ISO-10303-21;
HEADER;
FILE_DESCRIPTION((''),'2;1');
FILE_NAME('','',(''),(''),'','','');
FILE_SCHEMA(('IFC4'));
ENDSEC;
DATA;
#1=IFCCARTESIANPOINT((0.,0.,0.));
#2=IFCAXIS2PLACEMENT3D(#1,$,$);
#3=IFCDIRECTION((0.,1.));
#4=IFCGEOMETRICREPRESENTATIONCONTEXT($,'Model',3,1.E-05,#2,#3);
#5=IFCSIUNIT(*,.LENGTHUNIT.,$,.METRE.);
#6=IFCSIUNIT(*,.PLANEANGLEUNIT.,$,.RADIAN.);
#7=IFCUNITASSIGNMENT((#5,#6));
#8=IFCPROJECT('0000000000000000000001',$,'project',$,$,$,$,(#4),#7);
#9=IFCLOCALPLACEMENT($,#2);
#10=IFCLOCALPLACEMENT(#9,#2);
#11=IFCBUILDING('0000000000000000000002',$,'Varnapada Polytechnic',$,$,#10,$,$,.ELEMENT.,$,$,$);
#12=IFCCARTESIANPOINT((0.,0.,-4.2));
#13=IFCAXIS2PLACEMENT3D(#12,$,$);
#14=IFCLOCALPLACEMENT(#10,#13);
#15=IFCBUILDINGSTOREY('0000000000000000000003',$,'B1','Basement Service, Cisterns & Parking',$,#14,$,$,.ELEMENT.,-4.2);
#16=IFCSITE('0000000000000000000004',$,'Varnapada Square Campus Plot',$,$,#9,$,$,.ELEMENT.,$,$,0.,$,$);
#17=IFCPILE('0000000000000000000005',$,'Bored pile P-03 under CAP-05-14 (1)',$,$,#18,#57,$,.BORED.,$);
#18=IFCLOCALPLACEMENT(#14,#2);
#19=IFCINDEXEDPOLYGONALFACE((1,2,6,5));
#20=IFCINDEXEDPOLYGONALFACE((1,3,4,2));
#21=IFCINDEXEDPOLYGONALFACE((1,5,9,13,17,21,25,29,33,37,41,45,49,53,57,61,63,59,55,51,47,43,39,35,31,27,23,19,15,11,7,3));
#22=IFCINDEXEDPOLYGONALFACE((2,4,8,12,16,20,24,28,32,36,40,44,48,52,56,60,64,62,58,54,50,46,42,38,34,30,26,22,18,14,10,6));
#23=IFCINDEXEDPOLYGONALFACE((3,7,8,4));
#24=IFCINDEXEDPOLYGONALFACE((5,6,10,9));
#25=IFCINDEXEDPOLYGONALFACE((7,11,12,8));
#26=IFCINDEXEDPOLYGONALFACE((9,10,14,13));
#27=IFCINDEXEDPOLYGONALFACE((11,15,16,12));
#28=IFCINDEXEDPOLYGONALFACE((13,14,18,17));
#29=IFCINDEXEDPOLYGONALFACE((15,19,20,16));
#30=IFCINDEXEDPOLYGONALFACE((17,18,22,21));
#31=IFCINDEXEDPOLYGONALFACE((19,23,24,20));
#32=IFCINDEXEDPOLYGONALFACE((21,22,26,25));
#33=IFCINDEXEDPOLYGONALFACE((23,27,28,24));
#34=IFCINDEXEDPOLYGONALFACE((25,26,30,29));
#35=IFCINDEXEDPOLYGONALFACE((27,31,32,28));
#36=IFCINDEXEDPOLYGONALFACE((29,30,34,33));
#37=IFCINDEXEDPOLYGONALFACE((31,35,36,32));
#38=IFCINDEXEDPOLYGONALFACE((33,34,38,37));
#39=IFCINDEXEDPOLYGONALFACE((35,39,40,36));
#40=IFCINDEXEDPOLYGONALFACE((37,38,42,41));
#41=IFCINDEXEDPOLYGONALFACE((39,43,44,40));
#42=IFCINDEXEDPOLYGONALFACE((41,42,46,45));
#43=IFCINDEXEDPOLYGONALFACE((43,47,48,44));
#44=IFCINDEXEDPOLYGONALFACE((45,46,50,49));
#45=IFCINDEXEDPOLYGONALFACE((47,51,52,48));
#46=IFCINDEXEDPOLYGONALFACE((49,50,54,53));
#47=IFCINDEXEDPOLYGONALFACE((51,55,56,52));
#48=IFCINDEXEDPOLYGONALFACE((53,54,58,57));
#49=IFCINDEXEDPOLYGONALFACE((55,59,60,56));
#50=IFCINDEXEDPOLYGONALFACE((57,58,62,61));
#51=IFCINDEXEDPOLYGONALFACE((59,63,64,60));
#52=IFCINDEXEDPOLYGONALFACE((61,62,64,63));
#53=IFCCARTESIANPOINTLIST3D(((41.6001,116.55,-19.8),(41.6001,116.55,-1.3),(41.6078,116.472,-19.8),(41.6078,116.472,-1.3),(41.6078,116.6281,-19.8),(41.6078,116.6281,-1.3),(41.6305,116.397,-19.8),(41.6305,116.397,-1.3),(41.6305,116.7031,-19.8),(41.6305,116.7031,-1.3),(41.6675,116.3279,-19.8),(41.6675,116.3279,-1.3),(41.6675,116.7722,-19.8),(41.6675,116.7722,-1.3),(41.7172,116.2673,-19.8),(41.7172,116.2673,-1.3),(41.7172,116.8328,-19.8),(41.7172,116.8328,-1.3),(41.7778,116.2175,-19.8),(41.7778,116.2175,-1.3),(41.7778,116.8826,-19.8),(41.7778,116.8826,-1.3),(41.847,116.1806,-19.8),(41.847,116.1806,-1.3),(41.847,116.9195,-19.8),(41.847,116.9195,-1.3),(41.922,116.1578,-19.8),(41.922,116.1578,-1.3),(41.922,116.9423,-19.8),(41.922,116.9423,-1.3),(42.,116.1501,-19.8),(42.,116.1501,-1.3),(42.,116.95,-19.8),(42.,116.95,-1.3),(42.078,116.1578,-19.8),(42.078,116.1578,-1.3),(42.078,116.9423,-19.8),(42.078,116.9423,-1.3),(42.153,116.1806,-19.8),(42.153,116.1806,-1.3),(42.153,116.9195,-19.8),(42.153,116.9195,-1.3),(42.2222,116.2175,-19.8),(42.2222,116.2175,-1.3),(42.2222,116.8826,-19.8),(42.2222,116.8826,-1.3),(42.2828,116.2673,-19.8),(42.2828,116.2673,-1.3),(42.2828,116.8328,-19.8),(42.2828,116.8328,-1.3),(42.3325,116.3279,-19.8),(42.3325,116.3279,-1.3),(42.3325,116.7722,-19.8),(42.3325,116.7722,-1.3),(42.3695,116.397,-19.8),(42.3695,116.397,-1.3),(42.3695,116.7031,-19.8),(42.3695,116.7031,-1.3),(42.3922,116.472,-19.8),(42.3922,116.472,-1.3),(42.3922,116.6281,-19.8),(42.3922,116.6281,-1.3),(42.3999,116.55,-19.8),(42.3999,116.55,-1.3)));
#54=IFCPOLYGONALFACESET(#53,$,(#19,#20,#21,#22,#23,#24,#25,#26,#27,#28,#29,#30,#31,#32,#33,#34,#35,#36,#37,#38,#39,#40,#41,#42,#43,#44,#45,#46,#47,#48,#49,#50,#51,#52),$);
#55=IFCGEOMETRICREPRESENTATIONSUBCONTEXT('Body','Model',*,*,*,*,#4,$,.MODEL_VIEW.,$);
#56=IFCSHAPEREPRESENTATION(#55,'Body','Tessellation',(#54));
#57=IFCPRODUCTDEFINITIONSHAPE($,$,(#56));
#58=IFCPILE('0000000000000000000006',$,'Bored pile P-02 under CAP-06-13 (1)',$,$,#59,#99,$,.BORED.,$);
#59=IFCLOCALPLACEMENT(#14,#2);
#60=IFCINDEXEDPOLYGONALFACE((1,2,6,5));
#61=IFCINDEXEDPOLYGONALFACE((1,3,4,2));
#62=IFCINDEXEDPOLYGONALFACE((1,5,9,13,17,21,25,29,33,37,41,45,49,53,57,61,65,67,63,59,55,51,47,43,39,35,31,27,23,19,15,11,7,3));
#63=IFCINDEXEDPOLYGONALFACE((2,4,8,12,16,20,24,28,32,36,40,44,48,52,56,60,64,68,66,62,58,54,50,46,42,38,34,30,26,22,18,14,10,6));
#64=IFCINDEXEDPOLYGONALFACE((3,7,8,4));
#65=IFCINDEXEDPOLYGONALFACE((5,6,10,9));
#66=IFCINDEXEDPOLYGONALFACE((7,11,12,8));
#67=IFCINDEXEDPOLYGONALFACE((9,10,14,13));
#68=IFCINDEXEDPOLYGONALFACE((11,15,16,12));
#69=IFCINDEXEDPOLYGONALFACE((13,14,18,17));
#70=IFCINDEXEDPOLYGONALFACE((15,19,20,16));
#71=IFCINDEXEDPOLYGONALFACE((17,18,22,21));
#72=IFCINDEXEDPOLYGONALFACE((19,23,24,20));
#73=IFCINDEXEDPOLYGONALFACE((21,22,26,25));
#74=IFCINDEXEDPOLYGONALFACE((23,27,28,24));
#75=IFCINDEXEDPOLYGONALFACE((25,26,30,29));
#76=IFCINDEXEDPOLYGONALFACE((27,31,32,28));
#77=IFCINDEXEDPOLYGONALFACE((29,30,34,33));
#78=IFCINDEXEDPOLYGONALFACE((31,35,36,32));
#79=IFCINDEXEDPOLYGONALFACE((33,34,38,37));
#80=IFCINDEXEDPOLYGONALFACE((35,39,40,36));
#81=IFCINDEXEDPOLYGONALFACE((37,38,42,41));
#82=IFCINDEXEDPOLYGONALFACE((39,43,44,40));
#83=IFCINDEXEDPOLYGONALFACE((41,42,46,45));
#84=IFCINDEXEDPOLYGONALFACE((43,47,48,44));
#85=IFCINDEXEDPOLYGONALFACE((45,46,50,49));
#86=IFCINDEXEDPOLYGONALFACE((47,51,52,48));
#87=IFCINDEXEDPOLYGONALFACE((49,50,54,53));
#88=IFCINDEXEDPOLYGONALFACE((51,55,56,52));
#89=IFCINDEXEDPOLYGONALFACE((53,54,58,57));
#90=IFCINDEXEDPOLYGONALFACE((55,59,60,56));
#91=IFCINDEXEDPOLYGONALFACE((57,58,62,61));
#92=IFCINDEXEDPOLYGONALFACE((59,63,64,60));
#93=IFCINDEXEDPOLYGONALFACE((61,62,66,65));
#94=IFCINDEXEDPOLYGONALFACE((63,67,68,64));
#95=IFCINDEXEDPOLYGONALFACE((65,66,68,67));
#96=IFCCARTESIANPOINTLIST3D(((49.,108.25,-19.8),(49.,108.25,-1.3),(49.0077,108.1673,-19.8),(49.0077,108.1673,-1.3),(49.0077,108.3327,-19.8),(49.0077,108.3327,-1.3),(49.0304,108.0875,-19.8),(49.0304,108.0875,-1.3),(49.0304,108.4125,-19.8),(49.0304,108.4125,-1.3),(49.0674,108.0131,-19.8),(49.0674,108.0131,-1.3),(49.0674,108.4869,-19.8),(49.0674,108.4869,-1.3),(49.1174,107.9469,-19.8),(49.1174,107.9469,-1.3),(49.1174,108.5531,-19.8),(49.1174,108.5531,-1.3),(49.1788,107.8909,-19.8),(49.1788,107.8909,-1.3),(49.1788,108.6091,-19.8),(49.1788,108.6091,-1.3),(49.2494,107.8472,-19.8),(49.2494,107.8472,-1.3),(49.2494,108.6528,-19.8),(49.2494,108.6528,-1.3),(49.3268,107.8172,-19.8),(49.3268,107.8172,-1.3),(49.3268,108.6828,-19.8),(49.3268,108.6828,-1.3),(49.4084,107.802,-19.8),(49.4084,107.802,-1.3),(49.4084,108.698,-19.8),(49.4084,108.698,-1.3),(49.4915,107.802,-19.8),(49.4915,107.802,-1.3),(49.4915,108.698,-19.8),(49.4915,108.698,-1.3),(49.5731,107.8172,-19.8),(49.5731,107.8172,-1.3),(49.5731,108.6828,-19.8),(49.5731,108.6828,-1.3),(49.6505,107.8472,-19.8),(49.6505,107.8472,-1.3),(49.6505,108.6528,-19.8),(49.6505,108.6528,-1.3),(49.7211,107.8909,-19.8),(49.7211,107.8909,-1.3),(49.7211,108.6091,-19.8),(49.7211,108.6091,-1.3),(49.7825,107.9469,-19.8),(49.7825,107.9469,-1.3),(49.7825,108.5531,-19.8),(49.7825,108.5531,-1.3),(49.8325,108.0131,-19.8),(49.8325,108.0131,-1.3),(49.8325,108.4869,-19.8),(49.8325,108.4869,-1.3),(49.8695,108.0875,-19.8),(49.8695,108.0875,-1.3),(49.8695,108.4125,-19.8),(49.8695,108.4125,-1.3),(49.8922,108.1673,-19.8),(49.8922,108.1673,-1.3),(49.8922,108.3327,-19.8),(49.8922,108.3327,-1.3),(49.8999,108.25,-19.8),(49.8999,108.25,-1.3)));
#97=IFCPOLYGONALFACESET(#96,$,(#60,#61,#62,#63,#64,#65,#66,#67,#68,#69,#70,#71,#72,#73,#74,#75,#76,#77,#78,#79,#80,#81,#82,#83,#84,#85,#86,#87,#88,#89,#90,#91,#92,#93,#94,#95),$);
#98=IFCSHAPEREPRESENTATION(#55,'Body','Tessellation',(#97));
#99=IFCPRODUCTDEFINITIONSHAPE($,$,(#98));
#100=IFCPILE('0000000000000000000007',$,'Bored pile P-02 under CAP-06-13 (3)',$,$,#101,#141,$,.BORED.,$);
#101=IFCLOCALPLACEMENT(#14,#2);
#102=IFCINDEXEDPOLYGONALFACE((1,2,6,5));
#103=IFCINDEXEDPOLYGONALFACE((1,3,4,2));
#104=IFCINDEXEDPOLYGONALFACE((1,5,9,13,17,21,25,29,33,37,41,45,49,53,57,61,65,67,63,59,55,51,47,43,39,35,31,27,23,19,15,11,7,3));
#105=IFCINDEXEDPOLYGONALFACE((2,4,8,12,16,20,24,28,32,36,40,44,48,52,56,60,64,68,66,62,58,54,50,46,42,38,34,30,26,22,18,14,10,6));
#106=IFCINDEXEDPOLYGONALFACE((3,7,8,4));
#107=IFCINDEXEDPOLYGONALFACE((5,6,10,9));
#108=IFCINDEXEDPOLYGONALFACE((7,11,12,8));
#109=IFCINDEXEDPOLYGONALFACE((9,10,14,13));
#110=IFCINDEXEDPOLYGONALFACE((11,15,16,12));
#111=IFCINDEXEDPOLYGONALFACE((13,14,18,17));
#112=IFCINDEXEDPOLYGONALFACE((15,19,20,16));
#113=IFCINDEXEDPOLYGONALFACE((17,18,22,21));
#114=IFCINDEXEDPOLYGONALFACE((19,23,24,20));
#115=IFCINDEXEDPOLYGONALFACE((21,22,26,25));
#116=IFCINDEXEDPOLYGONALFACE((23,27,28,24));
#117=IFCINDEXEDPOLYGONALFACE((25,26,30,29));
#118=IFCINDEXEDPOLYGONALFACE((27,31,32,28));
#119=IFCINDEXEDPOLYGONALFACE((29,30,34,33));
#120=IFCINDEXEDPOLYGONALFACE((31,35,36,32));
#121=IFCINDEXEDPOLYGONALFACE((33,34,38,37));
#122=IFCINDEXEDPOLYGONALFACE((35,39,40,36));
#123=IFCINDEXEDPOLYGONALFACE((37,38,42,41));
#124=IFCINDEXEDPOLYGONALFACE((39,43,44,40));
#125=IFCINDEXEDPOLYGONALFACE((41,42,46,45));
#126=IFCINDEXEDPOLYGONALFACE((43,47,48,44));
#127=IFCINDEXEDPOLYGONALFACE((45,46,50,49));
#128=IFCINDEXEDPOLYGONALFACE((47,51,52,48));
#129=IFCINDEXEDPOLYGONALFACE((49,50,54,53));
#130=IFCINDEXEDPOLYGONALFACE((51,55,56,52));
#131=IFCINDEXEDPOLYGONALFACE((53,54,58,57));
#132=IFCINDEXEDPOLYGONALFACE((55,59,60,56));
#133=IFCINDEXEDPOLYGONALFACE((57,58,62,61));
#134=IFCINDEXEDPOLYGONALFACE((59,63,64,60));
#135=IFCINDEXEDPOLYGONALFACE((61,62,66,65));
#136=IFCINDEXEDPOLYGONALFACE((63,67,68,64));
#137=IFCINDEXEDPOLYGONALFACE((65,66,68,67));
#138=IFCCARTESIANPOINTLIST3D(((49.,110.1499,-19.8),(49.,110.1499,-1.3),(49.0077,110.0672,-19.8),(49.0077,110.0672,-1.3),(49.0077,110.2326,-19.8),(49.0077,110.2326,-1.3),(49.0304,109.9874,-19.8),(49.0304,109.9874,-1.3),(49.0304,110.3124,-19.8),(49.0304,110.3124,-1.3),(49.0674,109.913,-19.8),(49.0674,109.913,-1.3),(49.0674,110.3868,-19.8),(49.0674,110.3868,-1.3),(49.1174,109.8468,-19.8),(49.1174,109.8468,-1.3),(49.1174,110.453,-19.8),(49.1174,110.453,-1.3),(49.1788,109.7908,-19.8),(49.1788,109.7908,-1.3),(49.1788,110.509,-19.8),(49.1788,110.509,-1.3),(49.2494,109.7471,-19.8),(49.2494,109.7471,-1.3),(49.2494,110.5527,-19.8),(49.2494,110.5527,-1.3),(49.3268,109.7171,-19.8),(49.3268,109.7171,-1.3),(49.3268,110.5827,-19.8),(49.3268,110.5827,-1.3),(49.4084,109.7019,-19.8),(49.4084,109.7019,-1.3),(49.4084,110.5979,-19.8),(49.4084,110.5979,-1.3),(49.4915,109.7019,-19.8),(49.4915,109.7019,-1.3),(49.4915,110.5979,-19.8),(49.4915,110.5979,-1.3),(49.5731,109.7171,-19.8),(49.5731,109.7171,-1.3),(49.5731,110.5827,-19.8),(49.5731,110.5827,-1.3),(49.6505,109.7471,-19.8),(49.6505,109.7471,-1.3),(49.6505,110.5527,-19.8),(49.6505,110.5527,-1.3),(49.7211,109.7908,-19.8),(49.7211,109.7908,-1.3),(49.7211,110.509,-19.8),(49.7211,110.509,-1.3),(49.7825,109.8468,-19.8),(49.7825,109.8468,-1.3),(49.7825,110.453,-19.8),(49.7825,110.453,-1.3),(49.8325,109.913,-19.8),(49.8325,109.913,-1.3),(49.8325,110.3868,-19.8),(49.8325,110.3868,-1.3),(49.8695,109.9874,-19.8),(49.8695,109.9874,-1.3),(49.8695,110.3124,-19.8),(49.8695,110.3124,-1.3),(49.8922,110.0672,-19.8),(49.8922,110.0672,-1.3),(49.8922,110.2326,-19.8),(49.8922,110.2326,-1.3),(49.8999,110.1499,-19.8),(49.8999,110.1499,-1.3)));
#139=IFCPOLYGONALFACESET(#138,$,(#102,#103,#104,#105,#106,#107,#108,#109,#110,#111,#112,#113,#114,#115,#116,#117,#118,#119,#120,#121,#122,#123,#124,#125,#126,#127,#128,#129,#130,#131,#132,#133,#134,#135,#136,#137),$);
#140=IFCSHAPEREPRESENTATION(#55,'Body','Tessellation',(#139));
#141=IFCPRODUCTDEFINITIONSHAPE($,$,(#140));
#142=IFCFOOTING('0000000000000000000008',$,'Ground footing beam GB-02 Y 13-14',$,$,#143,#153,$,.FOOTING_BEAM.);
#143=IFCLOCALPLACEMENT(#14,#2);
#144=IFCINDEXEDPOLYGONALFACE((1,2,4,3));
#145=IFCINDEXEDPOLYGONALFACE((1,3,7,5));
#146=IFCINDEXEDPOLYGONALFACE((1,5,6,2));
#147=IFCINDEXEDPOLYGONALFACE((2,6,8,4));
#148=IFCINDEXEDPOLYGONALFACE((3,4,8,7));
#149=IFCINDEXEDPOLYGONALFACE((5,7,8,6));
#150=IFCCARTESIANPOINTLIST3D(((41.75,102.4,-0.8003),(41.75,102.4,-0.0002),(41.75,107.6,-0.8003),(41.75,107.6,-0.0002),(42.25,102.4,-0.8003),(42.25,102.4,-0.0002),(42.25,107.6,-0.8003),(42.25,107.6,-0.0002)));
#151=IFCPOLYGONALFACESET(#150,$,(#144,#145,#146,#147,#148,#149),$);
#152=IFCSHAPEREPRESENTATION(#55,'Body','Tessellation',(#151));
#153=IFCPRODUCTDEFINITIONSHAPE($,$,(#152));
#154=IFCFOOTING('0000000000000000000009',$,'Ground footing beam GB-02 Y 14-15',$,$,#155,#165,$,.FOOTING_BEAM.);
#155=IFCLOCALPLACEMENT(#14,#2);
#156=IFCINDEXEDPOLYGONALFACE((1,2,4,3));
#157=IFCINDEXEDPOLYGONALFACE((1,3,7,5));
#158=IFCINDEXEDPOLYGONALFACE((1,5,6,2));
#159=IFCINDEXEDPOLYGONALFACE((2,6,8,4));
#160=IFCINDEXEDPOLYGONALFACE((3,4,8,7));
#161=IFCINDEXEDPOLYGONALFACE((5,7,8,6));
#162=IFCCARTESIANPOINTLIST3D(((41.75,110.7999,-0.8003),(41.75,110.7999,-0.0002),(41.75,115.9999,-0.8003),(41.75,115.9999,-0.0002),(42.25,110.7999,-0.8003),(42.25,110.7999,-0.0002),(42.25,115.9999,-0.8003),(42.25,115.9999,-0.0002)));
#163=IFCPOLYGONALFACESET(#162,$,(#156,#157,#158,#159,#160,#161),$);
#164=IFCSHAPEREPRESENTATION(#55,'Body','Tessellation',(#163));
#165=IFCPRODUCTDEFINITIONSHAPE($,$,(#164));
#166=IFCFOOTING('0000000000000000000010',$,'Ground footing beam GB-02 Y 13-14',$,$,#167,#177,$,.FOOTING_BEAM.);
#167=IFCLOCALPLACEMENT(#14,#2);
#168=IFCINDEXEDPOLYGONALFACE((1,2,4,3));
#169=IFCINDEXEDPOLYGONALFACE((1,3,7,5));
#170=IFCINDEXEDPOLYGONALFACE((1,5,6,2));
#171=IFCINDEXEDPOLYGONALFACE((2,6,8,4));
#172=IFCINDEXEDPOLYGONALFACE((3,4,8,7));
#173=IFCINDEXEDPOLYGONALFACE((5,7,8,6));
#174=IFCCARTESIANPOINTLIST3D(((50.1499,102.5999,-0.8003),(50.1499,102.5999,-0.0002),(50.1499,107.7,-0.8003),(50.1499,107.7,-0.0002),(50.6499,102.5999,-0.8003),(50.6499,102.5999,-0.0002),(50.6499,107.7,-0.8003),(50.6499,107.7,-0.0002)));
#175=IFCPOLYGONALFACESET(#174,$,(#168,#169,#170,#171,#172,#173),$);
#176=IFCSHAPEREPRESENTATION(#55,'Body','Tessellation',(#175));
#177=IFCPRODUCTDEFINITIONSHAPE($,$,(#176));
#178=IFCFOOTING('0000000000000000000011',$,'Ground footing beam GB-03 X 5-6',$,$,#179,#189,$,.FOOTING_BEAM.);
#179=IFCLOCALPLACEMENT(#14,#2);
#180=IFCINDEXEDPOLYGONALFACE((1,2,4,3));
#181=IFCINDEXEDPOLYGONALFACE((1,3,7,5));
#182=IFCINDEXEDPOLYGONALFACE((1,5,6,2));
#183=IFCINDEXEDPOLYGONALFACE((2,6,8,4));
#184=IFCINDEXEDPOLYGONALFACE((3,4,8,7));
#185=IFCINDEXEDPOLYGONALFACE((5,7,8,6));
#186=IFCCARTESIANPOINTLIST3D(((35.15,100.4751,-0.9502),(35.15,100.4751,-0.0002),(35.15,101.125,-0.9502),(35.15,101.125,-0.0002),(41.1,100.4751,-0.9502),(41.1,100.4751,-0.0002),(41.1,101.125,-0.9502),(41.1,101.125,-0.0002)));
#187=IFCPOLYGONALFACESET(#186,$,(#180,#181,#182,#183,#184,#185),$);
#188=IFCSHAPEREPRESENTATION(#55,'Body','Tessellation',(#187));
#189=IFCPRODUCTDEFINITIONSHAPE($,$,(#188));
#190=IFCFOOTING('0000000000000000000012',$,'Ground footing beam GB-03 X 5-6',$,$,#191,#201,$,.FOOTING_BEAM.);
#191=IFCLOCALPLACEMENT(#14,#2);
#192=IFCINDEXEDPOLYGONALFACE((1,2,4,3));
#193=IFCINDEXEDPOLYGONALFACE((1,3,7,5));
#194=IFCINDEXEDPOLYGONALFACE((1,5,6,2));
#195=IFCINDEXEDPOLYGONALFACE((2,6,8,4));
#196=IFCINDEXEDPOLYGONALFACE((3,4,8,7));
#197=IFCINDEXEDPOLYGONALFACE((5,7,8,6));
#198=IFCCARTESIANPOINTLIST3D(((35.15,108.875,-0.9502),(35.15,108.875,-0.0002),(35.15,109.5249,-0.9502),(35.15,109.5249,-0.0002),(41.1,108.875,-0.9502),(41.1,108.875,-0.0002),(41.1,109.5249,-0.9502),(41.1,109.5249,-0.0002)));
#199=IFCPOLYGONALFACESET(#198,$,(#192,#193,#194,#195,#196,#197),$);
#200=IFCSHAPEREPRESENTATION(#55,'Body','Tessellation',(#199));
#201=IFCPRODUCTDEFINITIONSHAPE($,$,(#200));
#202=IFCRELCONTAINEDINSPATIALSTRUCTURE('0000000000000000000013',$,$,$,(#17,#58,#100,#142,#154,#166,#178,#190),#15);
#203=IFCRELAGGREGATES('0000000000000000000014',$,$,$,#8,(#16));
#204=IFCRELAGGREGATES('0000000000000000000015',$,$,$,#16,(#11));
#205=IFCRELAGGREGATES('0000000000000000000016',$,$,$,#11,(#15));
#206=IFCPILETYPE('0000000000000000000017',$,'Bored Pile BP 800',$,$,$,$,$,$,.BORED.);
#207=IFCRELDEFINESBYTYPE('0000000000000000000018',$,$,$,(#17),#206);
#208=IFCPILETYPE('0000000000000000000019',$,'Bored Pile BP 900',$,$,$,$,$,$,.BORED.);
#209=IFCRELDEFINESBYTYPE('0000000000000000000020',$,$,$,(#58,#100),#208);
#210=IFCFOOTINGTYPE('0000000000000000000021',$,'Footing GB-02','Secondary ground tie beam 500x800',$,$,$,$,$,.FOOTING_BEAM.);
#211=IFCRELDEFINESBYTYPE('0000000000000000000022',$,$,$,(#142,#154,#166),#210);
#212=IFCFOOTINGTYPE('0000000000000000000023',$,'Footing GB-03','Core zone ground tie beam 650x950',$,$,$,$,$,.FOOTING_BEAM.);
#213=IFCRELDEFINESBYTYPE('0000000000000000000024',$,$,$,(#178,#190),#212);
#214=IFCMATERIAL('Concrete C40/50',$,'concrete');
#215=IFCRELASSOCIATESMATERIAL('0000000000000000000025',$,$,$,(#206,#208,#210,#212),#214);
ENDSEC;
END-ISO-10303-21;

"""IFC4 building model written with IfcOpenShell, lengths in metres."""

from ifc_helpers import new_model, si_unit, direction, frame, origin, origin_2d, place, context, subcontext, project, spatial, rectangle, circle, extrude, material, material_profile, profile_set, type_object, element, save


model = new_model("IFC4")

# Units and contexts
model_context = context("Model", 3, precision=1e-05, world=origin(), true_north=direction((0.0, 1.0)))
body_context = subcontext(model_context, "Body", "Model", "MODEL_VIEW")
ifc_project = project(units=[si_unit("LENGTHUNIT", "METRE"), si_unit("PLANEANGLEUNIT", "RADIAN")], contexts=[model_context])

# Site, building, storey
site_placement = place(None, origin())
site = spatial("IfcSite", under=ifc_project, at=site_placement, Name="Varnapada Square Campus Plot", CompositionType="ELEMENT", RefElevation=0.0)
building_placement = place(site_placement, origin())
building = spatial("IfcBuilding", under=site, at=building_placement, Name="Varnapada Polytechnic", CompositionType="ELEMENT")
storey_placement = place(building_placement, frame((0.0, 0.0, -4.2)))
storey = spatial("IfcBuildingStorey", under=building, at=storey_placement, Name="B1", Description="Basement Service, Cisterns & Parking", CompositionType="ELEMENT", Elevation=-4.2)

# Piles
ifc_material_1 = material(Name="Concrete C40/50", Category="concrete")
ifc_material_profile_1 = material_profile(ifc_material_1, circle(Radius=0.3999, at=origin_2d()), Name="BP 800")
ifc_profile_set_1 = profile_set([ifc_material_profile_1], Name="Concrete C40/50")
pile_type_1 = type_object("IfcPileType", Name="Bored Pile BP 800", PredefinedType="BORED", material=ifc_profile_set_1)
for number, where, z_axis, x_axis, name in (
    (1, (42.0, 116.55, -1.3), (0.0, 0.0, -1.0), (1.0, 0.0, 0.0), "Bored pile P-03 under CAP-05-14 (1)"),
):
    element("IfcPile", number, at=place(storey_placement, frame(where, z_axis=z_axis, x_axis=x_axis)), inside=storey, type_object=pile_type_1, Name=name, PredefinedType="BORED", context=body_context, shape_type="SweptSolid", body=[
        extrude(circle(Radius=0.3999, at=origin_2d()), origin(), (0.0, 0.0, 1.0), 18.5),
    ])
ifc_material_profile_2 = material_profile(ifc_material_1, circle(Radius=0.45, at=origin_2d()), Name="BP 900")
ifc_profile_set_2 = profile_set([ifc_material_profile_2], Name="Concrete C40/50")
pile_type_2 = type_object("IfcPileType", Name="Bored Pile BP 900", PredefinedType="BORED", material=ifc_profile_set_2)
for number, where, z_axis, x_axis, name in (
    (2, (49.45, 108.25, -1.3), (0.0, 0.0, -1.0), (1.0, 0.0, 0.0), "Bored pile P-02 under CAP-06-13 (1)"),
    (3, (49.45, 110.1499, -1.3), (0.0, 0.0, -1.0), (1.0, 0.0, 0.0), "Bored pile P-02 under CAP-06-13 (3)"),
):
    element("IfcPile", number, at=place(storey_placement, frame(where, z_axis=z_axis, x_axis=x_axis)), inside=storey, type_object=pile_type_2, Name=name, PredefinedType="BORED", context=body_context, shape_type="SweptSolid", body=[
        extrude(circle(Radius=0.45, at=origin_2d()), origin(), (0.0, 0.0, 1.0), 18.5),
    ])

# Footings
footing_type_1 = type_object("IfcFootingType", Name="Footing GB-02", Description="Secondary ground tie beam 500x800", PredefinedType="FOOTING_BEAM", material=ifc_material_1)
for number, where, z_axis, x_axis, name in (
    (4, (42.0, 105.0, -0.8003), (0.0, 0.0, 1.0), (0.0, 1.0, 0.0), "Ground footing beam GB-02 Y 13-14"),
    (5, (42.0, 113.3999, -0.8003), (0.0, 0.0, 1.0), (0.0, 1.0, 0.0), "Ground footing beam GB-02 Y 14-15"),
):
    element("IfcFooting", number, at=place(storey_placement, frame(where, z_axis=z_axis, x_axis=x_axis)), inside=storey, type_object=footing_type_1, Name=name, PredefinedType="FOOTING_BEAM", context=body_context, shape_type="SweptSolid", body=[
        extrude(rectangle(XDim=5.2, YDim=0.5, at=origin_2d()), origin(), (0.0, 0.0, 1.0), 0.8),
    ])
footing_1_placement = place(storey_placement, frame((50.3999, 105.1499, -0.8003), z_axis=(0.0, 0.0, 1.0), x_axis=(0.0, 1.0, 0.0)))
element("IfcFooting", 6, at=footing_1_placement, inside=storey, type_object=footing_type_1, Name="Ground footing beam GB-02 Y 13-14", PredefinedType="FOOTING_BEAM", context=body_context, shape_type="SweptSolid", body=[
    extrude(rectangle(XDim=5.1001, YDim=0.5, at=origin_2d()), origin(), (0.0, 0.0, 1.0), 0.8),
])
footing_type_2 = type_object("IfcFootingType", Name="Footing GB-03", Description="Core zone ground tie beam 650x950", PredefinedType="FOOTING_BEAM", material=ifc_material_1)
for number, where, z_axis, x_axis, name in (
    (7, (38.125, 100.8, -0.9502), (0.0, 0.0, 1.0), (1.0, 0.0, 0.0), "Ground footing beam GB-03 X 5-6"),
    (8, (38.125, 109.2, -0.9502), (0.0, 0.0, 1.0), (1.0, 0.0, 0.0), "Ground footing beam GB-03 X 5-6"),
):
    element("IfcFooting", number, at=place(storey_placement, frame(where, z_axis=z_axis, x_axis=x_axis)), inside=storey, type_object=footing_type_2, Name=name, PredefinedType="FOOTING_BEAM", context=body_context, shape_type="SweptSolid", body=[
        extrude(rectangle(XDim=5.95, YDim=0.6499, at=origin_2d()), origin(), (0.0, 0.0, 1.0), 0.95),
    ])

save(model, "model.ifc")
